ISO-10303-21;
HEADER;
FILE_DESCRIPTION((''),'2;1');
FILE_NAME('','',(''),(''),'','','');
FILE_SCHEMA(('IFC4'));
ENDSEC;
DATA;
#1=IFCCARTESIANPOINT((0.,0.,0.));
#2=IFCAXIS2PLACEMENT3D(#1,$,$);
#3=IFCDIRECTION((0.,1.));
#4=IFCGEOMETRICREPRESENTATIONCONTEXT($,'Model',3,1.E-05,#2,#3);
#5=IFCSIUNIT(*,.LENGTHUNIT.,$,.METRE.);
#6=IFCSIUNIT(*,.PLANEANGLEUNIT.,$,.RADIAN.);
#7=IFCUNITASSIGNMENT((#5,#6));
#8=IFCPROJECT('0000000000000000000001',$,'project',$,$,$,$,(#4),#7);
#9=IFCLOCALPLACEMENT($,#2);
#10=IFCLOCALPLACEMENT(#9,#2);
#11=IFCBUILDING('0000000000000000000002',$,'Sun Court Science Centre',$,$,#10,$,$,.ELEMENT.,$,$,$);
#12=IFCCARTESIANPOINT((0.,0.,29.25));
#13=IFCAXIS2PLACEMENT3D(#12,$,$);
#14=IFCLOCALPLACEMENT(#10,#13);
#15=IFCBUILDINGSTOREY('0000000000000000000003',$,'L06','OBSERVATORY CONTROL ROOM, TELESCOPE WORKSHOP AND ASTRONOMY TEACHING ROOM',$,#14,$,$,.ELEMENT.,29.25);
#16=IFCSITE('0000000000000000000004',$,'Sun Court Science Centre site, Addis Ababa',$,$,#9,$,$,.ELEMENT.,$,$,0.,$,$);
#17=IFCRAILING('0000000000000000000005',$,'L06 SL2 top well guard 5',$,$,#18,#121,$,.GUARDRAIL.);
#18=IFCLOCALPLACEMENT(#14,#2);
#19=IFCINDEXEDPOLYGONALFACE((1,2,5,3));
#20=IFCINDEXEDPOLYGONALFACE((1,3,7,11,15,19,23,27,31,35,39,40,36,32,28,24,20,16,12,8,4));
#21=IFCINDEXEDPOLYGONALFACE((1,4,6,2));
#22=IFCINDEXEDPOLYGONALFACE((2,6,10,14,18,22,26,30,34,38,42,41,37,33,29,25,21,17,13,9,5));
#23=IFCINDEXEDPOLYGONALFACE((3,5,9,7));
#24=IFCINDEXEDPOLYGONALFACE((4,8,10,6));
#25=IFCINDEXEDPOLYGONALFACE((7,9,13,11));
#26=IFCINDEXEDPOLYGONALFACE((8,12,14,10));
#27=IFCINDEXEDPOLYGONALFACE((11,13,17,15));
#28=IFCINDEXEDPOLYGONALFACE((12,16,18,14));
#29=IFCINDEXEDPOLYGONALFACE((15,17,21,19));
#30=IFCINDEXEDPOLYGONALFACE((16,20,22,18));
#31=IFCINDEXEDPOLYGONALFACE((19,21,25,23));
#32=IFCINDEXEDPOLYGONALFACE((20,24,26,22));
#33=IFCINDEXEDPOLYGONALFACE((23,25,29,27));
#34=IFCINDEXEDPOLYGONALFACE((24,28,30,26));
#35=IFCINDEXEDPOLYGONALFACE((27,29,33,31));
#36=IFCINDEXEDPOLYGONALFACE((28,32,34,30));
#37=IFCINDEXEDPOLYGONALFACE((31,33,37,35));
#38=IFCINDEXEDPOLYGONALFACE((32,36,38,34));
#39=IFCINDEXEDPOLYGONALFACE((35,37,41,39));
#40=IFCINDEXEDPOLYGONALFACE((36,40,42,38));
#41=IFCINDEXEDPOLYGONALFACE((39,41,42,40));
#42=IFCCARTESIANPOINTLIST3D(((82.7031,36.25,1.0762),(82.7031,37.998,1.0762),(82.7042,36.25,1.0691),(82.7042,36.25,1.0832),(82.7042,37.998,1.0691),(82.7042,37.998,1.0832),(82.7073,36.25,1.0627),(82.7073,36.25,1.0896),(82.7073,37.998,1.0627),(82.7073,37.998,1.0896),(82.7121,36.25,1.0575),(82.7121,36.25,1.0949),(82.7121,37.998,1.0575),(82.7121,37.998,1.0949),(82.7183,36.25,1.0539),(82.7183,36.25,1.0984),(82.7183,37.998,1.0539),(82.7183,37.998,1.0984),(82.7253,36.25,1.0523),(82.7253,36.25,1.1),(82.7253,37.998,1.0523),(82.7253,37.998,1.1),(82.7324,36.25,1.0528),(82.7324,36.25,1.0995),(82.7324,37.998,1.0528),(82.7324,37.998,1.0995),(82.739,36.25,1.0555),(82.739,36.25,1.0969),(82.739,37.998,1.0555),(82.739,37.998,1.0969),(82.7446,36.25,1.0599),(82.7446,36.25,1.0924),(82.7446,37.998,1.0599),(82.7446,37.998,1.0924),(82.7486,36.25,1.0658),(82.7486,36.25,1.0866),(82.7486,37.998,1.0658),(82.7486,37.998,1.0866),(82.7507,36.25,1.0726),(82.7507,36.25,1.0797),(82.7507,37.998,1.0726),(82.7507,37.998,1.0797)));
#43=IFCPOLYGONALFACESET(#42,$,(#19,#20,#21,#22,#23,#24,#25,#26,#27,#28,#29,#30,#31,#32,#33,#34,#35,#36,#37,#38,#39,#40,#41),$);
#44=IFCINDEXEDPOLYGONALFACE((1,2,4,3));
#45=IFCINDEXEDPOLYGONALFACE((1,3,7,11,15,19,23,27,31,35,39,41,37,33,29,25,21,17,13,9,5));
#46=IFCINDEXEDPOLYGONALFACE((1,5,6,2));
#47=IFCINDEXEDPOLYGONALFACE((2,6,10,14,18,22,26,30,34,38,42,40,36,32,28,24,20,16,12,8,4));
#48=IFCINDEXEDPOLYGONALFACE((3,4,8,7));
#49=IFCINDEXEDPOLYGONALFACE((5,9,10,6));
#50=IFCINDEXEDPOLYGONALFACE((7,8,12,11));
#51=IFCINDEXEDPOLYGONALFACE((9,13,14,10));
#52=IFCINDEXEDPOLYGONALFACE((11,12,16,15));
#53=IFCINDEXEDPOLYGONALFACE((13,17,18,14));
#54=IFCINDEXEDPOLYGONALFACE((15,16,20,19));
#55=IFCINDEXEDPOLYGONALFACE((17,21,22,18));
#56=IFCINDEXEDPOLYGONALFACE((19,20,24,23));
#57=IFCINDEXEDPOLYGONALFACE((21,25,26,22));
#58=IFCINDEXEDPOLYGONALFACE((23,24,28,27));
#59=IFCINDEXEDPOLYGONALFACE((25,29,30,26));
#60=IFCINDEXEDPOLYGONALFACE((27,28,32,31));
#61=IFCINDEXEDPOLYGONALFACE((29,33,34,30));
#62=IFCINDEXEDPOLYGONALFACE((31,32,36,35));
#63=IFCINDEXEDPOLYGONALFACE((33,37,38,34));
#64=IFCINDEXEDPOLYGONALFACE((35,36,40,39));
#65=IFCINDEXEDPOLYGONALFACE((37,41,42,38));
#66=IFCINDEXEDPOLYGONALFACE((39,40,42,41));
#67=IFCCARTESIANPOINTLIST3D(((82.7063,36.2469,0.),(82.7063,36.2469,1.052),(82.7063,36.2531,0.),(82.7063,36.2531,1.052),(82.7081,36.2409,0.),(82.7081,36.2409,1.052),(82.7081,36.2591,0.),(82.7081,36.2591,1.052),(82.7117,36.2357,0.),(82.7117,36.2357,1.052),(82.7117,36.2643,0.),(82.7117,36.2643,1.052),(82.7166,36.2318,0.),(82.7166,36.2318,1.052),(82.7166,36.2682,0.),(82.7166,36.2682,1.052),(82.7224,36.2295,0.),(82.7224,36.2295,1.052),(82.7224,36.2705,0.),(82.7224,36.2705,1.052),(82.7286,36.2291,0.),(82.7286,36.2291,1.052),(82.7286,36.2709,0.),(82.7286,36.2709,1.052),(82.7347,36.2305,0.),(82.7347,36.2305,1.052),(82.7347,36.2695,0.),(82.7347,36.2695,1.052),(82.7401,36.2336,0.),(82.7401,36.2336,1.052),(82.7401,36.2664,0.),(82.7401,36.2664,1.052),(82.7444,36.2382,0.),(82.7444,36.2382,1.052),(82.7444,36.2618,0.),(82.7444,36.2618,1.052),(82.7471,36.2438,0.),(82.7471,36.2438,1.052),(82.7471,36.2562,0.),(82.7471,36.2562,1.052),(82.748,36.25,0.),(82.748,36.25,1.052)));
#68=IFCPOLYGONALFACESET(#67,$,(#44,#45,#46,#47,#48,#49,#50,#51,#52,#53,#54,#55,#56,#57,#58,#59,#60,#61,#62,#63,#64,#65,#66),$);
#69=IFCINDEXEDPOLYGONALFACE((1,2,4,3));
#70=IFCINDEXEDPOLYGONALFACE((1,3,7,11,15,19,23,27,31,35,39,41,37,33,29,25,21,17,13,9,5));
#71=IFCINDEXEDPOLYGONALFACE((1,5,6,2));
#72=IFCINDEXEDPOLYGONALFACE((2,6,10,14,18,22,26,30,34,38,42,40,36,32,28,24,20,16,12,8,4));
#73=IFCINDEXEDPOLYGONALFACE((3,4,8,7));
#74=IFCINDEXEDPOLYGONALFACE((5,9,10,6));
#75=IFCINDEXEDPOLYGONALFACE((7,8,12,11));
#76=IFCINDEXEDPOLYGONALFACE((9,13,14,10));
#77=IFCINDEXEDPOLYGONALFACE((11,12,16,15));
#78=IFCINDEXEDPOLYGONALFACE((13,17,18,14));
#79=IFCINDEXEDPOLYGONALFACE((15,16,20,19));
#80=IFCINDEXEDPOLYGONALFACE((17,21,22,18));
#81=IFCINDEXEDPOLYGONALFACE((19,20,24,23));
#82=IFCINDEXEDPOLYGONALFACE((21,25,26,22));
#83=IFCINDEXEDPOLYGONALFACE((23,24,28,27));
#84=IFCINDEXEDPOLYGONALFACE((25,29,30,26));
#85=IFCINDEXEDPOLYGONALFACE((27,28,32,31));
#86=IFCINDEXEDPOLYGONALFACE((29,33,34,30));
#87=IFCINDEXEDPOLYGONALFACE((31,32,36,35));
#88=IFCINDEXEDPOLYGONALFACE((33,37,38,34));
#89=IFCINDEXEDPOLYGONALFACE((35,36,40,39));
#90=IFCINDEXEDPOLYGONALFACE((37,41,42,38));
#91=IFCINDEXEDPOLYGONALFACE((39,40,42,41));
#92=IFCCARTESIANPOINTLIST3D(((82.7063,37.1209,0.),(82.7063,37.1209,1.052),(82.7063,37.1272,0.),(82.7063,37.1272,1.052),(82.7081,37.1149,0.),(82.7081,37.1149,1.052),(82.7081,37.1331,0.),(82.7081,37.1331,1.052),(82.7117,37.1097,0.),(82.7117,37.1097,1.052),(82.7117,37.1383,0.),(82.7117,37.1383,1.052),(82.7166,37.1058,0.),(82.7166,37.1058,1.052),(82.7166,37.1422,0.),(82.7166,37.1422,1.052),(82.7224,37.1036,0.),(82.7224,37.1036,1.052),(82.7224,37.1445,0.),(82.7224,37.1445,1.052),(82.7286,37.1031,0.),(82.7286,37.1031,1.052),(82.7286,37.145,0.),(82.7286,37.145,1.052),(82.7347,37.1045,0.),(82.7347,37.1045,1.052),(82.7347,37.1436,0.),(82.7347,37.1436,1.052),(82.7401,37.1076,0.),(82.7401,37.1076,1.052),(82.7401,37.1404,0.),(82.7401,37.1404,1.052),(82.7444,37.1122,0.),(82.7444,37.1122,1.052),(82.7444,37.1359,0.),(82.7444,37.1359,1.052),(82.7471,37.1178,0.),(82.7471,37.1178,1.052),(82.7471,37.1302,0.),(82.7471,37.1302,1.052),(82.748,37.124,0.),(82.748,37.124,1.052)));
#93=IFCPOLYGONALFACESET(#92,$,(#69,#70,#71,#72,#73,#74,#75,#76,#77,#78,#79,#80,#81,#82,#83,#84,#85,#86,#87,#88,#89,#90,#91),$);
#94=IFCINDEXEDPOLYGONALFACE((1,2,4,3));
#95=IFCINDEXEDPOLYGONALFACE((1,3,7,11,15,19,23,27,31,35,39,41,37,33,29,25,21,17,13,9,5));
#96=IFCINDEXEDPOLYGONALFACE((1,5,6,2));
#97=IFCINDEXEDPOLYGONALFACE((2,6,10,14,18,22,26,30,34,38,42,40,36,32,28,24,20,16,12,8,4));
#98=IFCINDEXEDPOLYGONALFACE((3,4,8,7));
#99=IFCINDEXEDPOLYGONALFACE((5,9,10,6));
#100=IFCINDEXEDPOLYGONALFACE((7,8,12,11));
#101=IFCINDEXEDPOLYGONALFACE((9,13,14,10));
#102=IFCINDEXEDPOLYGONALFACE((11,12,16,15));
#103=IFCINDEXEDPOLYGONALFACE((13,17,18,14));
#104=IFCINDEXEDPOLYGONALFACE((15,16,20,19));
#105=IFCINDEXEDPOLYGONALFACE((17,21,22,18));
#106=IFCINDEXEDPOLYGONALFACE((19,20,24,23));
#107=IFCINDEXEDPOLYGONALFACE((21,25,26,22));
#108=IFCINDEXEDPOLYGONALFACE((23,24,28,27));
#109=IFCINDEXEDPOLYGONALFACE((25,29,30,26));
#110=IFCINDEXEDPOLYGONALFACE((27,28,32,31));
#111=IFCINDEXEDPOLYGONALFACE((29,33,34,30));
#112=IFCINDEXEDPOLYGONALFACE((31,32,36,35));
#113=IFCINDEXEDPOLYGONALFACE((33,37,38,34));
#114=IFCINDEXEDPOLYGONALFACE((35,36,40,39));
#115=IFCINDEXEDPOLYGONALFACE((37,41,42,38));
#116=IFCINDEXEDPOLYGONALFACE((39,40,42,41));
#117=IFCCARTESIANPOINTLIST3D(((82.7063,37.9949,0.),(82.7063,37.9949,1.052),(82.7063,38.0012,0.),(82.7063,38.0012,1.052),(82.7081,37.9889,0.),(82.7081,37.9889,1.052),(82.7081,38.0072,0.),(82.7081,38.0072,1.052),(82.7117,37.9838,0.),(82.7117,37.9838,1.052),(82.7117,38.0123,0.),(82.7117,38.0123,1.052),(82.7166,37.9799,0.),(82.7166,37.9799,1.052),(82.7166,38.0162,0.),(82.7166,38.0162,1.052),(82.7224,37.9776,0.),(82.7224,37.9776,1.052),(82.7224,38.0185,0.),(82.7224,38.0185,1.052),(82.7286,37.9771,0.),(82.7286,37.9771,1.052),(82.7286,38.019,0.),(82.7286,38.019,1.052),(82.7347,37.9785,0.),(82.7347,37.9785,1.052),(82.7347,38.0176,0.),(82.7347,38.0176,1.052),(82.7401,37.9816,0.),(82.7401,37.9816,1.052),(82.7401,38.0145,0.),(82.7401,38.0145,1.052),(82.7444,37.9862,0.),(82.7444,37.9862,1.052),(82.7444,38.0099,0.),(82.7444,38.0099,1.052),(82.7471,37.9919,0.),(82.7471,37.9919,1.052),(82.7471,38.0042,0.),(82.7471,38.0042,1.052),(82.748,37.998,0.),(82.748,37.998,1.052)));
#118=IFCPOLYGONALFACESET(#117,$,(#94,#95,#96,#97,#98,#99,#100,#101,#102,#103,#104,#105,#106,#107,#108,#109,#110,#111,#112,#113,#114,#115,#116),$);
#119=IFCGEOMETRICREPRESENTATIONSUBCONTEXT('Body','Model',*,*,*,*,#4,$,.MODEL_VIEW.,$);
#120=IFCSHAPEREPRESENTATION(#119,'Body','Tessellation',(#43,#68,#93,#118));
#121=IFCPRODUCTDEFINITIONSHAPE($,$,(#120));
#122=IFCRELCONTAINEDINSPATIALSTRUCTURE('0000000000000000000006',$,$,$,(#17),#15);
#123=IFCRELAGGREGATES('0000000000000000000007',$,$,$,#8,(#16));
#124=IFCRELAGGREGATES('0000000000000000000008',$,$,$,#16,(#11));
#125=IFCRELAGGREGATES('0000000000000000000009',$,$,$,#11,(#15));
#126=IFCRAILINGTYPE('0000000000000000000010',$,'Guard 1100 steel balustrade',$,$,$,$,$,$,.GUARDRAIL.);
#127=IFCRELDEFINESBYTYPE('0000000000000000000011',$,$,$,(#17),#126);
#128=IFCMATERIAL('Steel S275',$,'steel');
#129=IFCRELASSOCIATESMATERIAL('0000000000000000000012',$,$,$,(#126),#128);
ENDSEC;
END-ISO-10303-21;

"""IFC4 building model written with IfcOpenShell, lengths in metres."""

from ifc_helpers import new_model, si_unit, direction, frame, origin, origin_2d, place, context, subcontext, project, spatial, circle, extrude, material, type_object, element, save


model = new_model("IFC4")

# Units and contexts
model_context = context("Model", 3, precision=1e-05, world=origin(), true_north=direction((0.0, 1.0)))
body_context = subcontext(model_context, "Body", "Model", "MODEL_VIEW")
ifc_project = project(units=[si_unit("LENGTHUNIT", "METRE"), si_unit("PLANEANGLEUNIT", "RADIAN")], contexts=[model_context])

# Site, building, storey
site_placement = place(None, origin())
site = spatial("IfcSite", under=ifc_project, at=site_placement, Name="Sun Court Science Centre site, Addis Ababa", CompositionType="ELEMENT", RefElevation=0.0)
building_placement = place(site_placement, origin())
building = spatial("IfcBuilding", under=site, at=building_placement, Name="Sun Court Science Centre", CompositionType="ELEMENT")
storey_placement = place(building_placement, frame((0.0, 0.0, 29.25)))
storey = spatial("IfcBuildingStorey", under=building, at=storey_placement, Name="L06", Description="OBSERVATORY CONTROL ROOM, TELESCOPE WORKSHOP AND ASTRONOMY TEACHING ROOM", CompositionType="ELEMENT", Elevation=29.25)

# Railing
ifc_material_1 = material(Name="Steel S275", Category="steel")
railing_type = type_object("IfcRailingType", Name="Guard 1100 steel balustrade", PredefinedType="GUARDRAIL", material=ifc_material_1)
railing_1_placement = place(storey_placement, frame((82.7271, 36.25, 0.0)))
element("IfcRailing", 1, at=railing_1_placement, inside=storey, type_object=railing_type, Name="L06 SL2 top well guard 5", PredefinedType="GUARDRAIL", context=body_context, shape_type="SweptSolid", body=[
    extrude(circle(Radius=0.0239, at=origin_2d()), frame((0.0, 0.0, 1.0762), z_axis=(0.0, 1.0, 0.0), x_axis=(-1.0, 0.0, 0.0)), (0.0, 0.0, 1.0), 1.748),
    extrude(circle(Radius=0.021, at=origin_2d()), origin(), (0.0, 0.0, 1.0), 1.052),
    extrude(circle(Radius=0.021, at=origin_2d()), frame((0.0, 0.874, 0.0)), (0.0, 0.0, 1.0), 1.052),
    extrude(circle(Radius=0.021, at=origin_2d()), frame((0.0, 1.748, 0.0)), (0.0, 0.0, 1.0), 1.052),
])

save(model, "model.ifc")
